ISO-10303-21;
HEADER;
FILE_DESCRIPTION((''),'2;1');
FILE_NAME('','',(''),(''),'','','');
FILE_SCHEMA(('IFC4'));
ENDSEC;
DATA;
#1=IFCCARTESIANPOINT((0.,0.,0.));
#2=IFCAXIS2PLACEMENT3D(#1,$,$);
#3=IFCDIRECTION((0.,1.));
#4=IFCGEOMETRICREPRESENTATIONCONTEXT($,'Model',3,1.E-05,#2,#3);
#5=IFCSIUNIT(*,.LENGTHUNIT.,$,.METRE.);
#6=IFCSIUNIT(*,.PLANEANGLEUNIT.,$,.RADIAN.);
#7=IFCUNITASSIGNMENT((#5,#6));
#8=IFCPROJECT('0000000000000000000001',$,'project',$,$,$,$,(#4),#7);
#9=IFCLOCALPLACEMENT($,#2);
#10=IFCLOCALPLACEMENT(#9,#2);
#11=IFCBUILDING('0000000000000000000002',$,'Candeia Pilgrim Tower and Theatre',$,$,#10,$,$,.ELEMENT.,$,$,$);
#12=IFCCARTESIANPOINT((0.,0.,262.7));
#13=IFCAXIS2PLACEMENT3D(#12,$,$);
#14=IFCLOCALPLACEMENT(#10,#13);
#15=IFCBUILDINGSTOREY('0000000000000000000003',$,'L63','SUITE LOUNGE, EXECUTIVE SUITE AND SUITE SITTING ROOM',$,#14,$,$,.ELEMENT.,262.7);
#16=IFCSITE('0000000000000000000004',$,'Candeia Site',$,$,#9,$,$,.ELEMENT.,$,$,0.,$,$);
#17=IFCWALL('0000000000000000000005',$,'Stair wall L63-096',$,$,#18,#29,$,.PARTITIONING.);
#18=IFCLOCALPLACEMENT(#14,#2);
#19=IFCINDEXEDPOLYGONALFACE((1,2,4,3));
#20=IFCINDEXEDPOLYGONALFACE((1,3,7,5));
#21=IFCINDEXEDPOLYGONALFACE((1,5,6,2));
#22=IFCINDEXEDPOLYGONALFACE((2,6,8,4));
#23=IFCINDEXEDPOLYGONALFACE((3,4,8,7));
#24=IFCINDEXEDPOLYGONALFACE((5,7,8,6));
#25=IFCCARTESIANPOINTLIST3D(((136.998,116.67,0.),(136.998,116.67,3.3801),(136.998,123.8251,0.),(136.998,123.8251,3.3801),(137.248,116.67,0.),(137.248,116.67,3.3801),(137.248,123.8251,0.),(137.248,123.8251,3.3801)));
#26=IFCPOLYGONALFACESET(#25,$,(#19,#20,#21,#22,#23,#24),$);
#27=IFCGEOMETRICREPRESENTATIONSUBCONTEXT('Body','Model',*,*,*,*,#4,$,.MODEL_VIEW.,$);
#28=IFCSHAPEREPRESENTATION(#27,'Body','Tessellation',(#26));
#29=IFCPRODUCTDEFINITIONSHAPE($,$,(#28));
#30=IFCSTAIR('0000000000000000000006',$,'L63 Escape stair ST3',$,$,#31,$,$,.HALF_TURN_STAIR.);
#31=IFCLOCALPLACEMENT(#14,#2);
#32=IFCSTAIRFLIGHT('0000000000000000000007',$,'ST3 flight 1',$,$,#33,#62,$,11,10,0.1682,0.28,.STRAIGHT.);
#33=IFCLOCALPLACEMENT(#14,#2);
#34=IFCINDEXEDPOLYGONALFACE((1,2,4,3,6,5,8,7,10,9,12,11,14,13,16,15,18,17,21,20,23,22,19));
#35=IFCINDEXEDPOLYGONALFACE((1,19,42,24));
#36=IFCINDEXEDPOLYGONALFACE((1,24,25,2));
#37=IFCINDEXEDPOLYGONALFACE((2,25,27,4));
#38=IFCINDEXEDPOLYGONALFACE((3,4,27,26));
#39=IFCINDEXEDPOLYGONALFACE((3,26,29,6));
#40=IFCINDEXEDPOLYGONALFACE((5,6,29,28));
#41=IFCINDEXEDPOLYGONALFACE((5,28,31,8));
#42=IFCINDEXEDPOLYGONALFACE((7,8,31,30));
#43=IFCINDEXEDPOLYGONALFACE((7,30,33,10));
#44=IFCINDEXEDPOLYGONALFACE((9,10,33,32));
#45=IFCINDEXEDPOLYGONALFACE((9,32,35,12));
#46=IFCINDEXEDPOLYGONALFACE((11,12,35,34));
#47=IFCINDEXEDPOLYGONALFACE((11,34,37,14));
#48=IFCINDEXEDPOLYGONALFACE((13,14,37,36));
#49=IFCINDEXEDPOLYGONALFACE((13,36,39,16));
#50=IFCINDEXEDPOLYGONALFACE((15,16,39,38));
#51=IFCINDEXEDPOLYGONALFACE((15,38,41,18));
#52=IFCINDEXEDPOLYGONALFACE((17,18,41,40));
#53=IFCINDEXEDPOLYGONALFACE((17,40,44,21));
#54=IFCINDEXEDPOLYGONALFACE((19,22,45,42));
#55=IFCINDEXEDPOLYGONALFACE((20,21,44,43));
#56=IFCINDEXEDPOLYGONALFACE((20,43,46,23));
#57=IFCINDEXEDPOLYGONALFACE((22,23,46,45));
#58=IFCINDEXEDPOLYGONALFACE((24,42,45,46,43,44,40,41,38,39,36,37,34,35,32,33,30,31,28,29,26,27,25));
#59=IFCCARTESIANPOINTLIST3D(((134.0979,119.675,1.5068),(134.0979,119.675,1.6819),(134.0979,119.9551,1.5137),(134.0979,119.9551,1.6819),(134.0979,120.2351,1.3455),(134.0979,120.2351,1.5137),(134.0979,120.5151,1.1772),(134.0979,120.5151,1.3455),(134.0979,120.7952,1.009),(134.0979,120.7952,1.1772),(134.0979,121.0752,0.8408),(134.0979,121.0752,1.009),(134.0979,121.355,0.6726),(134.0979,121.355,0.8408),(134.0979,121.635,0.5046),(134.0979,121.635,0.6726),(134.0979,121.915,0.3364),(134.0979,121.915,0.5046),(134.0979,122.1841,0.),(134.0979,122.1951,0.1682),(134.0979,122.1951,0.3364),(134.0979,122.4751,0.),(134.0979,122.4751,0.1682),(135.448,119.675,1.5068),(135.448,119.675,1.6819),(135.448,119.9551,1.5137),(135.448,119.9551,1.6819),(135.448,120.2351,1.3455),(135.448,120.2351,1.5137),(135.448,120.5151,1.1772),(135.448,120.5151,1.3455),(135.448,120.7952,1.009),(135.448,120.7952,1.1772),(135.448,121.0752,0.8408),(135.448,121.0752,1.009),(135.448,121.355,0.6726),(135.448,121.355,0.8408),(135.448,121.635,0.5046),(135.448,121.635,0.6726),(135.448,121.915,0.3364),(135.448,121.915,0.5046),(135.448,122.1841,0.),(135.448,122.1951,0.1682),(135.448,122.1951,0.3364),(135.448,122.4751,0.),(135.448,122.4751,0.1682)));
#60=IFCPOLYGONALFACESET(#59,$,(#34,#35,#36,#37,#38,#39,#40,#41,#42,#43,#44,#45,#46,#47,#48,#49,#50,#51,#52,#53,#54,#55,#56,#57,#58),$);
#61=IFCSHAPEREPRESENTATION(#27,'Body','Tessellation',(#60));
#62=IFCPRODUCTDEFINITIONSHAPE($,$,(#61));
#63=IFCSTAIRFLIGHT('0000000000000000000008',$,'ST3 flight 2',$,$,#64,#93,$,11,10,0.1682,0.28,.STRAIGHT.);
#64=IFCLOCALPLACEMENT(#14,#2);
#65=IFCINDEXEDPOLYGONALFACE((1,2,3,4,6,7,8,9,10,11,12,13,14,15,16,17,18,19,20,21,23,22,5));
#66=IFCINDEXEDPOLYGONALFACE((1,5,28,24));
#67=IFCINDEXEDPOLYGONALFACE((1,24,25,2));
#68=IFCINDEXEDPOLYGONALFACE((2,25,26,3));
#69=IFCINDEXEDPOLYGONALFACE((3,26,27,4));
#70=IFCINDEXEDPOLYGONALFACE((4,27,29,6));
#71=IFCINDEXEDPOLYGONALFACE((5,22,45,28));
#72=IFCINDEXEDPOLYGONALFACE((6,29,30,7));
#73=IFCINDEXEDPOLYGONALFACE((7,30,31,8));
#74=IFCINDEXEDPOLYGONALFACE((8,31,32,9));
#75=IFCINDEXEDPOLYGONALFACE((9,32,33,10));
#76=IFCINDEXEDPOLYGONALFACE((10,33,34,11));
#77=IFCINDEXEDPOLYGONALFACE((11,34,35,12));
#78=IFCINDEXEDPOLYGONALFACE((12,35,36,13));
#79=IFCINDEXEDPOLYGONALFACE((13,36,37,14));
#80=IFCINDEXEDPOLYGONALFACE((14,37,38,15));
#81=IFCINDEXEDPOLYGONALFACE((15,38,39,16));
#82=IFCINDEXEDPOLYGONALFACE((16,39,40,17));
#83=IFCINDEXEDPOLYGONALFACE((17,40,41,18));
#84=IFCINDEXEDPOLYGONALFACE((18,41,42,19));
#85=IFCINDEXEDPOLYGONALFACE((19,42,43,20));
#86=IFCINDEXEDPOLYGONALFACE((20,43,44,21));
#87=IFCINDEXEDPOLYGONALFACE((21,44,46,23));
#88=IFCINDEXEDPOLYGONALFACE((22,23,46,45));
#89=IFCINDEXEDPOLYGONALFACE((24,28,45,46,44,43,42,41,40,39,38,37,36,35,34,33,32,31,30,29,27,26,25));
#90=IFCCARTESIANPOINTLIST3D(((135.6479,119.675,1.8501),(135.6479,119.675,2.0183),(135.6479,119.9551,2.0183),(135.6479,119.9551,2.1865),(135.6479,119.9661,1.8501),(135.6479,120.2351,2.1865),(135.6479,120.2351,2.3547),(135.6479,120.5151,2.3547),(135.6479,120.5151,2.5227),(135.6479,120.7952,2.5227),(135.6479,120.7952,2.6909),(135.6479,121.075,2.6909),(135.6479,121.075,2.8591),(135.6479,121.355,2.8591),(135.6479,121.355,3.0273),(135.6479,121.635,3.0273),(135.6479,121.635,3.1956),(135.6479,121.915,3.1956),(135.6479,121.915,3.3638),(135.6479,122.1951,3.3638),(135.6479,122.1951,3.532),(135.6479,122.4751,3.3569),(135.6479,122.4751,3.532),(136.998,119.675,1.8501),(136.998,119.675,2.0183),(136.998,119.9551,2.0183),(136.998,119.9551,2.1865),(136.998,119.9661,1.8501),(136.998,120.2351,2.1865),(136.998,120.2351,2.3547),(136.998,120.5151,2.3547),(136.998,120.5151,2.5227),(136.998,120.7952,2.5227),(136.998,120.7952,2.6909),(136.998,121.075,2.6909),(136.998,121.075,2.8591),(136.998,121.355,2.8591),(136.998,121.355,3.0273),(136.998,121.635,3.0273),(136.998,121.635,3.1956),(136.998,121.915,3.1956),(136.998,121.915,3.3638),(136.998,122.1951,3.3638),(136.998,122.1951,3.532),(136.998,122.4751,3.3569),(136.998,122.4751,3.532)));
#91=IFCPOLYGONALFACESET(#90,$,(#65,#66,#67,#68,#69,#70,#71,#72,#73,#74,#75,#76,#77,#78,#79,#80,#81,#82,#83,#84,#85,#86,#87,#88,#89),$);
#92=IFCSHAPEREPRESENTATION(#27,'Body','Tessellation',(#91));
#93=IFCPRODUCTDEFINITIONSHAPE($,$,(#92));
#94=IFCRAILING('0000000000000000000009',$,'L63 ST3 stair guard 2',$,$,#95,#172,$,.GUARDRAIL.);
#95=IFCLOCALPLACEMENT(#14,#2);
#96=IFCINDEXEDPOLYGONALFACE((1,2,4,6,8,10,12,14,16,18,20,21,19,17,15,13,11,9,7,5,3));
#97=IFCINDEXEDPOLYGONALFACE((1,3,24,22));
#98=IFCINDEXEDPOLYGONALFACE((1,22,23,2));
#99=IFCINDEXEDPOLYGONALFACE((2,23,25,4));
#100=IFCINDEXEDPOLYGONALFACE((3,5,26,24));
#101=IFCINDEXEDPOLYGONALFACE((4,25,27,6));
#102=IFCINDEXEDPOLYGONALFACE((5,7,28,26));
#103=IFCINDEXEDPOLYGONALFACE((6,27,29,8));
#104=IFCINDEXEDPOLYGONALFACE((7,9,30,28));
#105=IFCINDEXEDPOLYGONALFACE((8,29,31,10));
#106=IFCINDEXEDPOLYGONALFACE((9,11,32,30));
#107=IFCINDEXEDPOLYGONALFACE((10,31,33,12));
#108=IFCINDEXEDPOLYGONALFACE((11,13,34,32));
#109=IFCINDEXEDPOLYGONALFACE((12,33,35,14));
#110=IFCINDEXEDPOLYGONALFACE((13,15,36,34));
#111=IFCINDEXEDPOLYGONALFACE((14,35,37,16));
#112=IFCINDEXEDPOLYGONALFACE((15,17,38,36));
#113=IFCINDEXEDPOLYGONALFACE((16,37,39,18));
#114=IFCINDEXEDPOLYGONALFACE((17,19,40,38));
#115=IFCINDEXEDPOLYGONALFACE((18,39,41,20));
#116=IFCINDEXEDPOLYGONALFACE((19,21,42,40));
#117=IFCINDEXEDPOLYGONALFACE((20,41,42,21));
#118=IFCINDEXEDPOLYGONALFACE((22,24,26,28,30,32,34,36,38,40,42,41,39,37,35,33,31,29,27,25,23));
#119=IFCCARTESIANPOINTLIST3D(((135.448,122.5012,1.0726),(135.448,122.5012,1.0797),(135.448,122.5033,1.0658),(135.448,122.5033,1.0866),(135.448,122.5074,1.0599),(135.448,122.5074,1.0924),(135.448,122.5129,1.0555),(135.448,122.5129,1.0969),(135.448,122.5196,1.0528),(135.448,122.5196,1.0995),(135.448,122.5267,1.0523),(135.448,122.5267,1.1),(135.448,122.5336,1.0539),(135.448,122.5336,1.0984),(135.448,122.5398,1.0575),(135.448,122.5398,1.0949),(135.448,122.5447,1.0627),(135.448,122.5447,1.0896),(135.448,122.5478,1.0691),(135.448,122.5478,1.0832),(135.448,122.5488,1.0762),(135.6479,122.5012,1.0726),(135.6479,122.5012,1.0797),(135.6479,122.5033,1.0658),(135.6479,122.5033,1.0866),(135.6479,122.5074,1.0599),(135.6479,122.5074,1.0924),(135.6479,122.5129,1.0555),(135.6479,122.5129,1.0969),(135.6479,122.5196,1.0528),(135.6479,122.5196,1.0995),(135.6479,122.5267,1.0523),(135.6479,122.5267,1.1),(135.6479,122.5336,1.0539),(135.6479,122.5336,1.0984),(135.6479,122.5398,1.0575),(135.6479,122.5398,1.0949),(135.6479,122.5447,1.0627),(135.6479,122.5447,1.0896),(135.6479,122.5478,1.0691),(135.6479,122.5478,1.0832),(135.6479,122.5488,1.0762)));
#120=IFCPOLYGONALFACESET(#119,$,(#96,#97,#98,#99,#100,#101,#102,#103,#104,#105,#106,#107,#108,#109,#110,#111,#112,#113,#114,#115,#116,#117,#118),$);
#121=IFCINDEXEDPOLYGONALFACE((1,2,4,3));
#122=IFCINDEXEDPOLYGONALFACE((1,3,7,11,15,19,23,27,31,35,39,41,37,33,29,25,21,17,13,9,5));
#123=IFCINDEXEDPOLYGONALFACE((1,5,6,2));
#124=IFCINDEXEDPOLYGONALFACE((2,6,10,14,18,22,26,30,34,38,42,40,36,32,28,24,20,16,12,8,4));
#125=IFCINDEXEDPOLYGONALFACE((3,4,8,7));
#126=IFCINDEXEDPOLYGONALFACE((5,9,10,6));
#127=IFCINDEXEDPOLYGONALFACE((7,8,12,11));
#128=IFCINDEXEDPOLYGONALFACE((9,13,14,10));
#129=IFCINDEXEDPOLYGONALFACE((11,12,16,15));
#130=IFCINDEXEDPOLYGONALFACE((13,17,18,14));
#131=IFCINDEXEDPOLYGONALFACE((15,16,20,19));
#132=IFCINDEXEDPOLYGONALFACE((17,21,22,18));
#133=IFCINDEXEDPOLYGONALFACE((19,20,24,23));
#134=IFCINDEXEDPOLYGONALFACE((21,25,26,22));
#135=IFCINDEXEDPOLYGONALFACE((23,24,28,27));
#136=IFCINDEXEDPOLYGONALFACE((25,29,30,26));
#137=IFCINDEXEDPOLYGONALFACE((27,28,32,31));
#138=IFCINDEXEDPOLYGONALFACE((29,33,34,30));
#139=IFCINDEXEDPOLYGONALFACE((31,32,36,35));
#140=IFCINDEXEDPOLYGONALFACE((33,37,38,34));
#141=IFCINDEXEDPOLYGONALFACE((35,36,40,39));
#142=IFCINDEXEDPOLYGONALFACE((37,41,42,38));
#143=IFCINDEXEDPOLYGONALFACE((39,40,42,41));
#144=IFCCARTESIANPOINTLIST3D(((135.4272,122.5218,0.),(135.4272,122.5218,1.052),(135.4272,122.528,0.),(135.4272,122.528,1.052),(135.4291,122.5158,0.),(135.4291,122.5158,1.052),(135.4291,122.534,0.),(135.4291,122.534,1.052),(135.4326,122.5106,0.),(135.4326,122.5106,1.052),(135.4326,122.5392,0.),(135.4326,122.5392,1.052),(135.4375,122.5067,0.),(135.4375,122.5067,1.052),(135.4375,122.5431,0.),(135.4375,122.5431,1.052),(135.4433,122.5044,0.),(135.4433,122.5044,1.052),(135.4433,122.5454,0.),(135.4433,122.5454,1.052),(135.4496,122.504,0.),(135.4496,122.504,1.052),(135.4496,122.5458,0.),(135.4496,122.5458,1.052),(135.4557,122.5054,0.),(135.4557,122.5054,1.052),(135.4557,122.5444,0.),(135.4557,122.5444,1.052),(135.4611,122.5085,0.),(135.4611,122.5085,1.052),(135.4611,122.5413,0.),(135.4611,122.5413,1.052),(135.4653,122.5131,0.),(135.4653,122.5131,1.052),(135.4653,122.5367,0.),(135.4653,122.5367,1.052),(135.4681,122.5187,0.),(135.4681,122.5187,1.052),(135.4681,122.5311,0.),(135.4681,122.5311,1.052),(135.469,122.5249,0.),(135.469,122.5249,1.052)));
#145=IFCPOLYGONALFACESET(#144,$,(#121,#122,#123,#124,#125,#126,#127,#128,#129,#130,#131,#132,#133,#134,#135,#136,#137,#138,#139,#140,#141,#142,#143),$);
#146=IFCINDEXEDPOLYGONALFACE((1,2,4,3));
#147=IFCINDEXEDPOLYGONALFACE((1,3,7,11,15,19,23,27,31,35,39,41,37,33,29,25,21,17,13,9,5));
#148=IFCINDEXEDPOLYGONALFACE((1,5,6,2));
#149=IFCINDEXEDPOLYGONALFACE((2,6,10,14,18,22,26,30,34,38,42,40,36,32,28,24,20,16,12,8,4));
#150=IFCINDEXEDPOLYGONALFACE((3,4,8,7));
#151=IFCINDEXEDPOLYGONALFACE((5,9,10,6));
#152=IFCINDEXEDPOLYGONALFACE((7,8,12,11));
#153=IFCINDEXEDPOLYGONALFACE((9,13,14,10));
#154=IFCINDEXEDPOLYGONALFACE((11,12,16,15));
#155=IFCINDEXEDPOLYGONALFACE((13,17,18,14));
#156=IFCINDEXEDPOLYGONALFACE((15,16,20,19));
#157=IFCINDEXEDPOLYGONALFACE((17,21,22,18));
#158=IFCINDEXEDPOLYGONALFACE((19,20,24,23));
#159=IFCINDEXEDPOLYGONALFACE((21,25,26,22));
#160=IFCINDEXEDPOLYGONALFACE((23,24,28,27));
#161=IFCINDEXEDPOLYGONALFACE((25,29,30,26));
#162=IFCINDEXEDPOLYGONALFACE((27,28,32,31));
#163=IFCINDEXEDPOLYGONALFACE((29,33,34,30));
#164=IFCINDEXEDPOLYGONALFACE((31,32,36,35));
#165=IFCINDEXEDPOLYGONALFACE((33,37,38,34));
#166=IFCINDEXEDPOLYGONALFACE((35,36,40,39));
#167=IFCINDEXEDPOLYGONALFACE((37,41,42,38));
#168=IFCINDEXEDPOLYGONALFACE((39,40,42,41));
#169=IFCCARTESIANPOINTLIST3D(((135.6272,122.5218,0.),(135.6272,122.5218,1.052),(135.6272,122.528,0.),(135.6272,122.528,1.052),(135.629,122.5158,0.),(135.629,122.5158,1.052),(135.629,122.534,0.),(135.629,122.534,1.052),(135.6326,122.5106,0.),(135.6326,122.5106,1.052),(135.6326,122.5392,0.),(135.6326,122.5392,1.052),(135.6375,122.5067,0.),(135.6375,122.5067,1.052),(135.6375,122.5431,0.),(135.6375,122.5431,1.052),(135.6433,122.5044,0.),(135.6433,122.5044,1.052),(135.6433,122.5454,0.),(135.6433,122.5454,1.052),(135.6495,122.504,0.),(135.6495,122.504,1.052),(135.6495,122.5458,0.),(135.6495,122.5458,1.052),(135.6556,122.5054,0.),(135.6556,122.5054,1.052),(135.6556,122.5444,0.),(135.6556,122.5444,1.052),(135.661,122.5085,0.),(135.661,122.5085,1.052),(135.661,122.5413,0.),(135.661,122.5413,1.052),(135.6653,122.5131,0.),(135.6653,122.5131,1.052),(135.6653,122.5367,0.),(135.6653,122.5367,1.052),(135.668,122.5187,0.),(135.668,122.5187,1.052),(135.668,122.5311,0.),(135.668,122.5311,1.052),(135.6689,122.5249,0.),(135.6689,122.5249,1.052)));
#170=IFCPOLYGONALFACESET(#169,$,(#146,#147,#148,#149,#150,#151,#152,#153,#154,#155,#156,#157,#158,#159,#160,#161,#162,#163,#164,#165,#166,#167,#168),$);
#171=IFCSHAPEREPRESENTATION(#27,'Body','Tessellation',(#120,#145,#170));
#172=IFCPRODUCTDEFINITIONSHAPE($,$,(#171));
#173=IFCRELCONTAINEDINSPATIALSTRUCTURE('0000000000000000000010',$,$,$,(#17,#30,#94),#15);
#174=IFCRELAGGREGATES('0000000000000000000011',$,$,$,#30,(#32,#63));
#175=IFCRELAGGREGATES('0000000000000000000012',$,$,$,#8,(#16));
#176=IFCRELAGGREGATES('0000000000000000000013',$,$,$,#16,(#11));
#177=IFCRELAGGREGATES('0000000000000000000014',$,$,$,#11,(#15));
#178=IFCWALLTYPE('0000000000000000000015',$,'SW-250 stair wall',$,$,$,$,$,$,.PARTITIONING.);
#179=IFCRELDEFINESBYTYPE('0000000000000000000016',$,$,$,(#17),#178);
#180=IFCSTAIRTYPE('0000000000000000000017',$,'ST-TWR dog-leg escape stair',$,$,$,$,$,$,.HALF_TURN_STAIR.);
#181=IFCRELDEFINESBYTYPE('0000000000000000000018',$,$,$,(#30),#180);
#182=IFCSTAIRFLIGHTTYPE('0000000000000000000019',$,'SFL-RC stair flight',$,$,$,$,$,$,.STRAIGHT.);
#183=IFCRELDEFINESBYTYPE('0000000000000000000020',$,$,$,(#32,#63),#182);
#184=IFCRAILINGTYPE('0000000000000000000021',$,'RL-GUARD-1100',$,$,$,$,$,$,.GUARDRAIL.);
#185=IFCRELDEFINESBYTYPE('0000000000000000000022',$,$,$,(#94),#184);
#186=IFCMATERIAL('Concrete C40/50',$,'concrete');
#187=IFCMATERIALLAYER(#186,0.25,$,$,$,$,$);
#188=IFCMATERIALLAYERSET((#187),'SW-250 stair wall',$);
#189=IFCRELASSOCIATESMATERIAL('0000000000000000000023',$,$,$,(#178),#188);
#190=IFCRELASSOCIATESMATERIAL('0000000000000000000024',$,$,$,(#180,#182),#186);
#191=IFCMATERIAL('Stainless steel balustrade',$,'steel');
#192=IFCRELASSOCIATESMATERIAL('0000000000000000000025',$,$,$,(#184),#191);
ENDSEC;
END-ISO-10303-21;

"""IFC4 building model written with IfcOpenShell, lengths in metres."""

from ifc_helpers import new_model, si_unit, direction, frame, frame_2d, origin, origin_2d, place, context, subcontext, project, spatial, polyline, rectangle, circle, outline, extrude, material, layer, layer_set, type_object, element, aggregate, save


model = new_model("IFC4")

# Units and contexts
model_context = context("Model", 3, precision=1e-05, world=origin(), true_north=direction((0.0, 1.0)))
body_context = subcontext(model_context, "Body", "Model", "MODEL_VIEW")
ifc_project = project(units=[si_unit("LENGTHUNIT", "METRE"), si_unit("PLANEANGLEUNIT", "RADIAN")], contexts=[model_context])

# Site, building, storey
site_placement = place(None, origin())
site = spatial("IfcSite", under=ifc_project, at=site_placement, Name="Candeia Site", CompositionType="ELEMENT", RefElevation=0.0)
building_placement = place(site_placement, origin())
building = spatial("IfcBuilding", under=site, at=building_placement, Name="Candeia Pilgrim Tower and Theatre", CompositionType="ELEMENT")
storey_placement = place(building_placement, frame((0.0, 0.0, 262.7)))
storey = spatial("IfcBuildingStorey", under=building, at=storey_placement, Name="L63", Description="SUITE LOUNGE, EXECUTIVE SUITE AND SUITE SITTING ROOM", CompositionType="ELEMENT", Elevation=262.7)

# Shared definitions
ifc_material_1 = material(Name="Concrete C40/50", Category="concrete")

# Shared definitions
ifc_layer_1 = layer(ifc_material_1, 0.25)
ifc_layer_set_1 = layer_set([ifc_layer_1], Name="SW-250 stair wall")
wall_type_1 = type_object("IfcWallType", Name="SW-250 stair wall", PredefinedType="PARTITIONING", material=ifc_layer_set_1)

# Wall
wall_1_placement = place(storey_placement, frame((137.123, 116.6699, 0.0), z_axis=(0.0, 0.0, 1.0), x_axis=(0.0, 1.0, 0.0)))
element("IfcWall", 1, at=wall_1_placement, inside=storey, type_object=wall_type_1, Name="Stair wall L63-096", PredefinedType="PARTITIONING", context=body_context, shape_type="SweptSolid", body=[
    extrude(rectangle(XDim=7.155, YDim=0.25, at=frame_2d((3.5776, 0.0))), origin(), (0.0, 0.0, 1.0), 3.3801),
])

# Stair, stair flights
stair_type = type_object("IfcStairType", Name="ST-TWR dog-leg escape stair", PredefinedType="HALF_TURN_STAIR", material=ifc_material_1)
stair_placement = place(storey_placement, origin())
stair = element("IfcStair", 2, at=stair_placement, inside=storey, type_object=stair_type, Name="L63 Escape stair ST3", PredefinedType="HALF_TURN_STAIR")
stair_flight_type = type_object("IfcStairFlightType", Name="SFL-RC stair flight", PredefinedType="STRAIGHT", material=ifc_material_1)
stair_flight_1_placement = place(storey_placement, frame((134.7729, 122.4751, 0.0), z_axis=(0.0, 0.0, 1.0), x_axis=(0.0, -1.0, 0.0)))
stair_flight_1 = element("IfcStairFlight", 3, at=stair_flight_1_placement, type_object=stair_flight_type, Name="ST3 flight 1", NumberOfRisers=11, NumberOfTreads=10, PredefinedType="STRAIGHT", RiserHeight=0.1682, TreadLength=0.28, context=body_context, shape_type="SweptSolid", body=[
    extrude(outline(polyline([(0.0, 0.0), (0.0, 0.1682), (0.28, 0.1682), (0.28, 0.3364), (0.5601, 0.3364), (0.5601, 0.5046), (0.8401, 0.5046), (0.8401, 0.6726), (1.1201, 0.6726), (1.1201, 0.8408), (1.3999, 0.8408), (1.3999, 1.009), (1.6799, 1.009), (1.6799, 1.1772), (1.96, 1.1772), (1.96, 1.3455), (2.24, 1.3455), (2.24, 1.5137), (2.52, 1.5137), (2.52, 1.6819), (2.8, 1.6819), (2.8, 1.8501), (2.8, 1.5068), (0.291, 0.0), (0.0, 0.0)])), frame((0.0, 0.675, 0.0), z_axis=(0.0, -1.0, 0.0), x_axis=(1.0, 0.0, 0.0)), (0.0, 0.0, 1.0), 1.3501),
])
stair_flight_2_placement = place(storey_placement, frame((136.323, 119.675, 1.8501), z_axis=(0.0, 0.0, 1.0), x_axis=(0.0, 1.0, 0.0)))
stair_flight_2 = element("IfcStairFlight", 4, at=stair_flight_2_placement, type_object=stair_flight_type, Name="ST3 flight 2", NumberOfRisers=11, NumberOfTreads=10, PredefinedType="STRAIGHT", RiserHeight=0.1682, TreadLength=0.28, context=body_context, shape_type="SweptSolid", body=[
    extrude(outline(polyline([(0.0, 0.0), (0.0, 0.1682), (0.28, 0.1682), (0.28, 0.3364), (0.5601, 0.3364), (0.5601, 0.5046), (0.8401, 0.5046), (0.8401, 0.6726), (1.1201, 0.6726), (1.1201, 0.8408), (1.3999, 0.8408), (1.3999, 1.009), (1.6799, 1.009), (1.6799, 1.1772), (1.96, 1.1772), (1.96, 1.3455), (2.24, 1.3455), (2.24, 1.5137), (2.52, 1.5137), (2.52, 1.6819), (2.8, 1.6819), (2.8, 1.8501), (2.8, 1.5068), (0.291, 0.0), (0.0, 0.0)])), frame((0.0, 0.675, 0.0), z_axis=(0.0, -1.0, 0.0), x_axis=(1.0, 0.0, 0.0)), (0.0, 0.0, 1.0), 1.3501),
])
aggregate(stair, [stair_flight_1, stair_flight_2])

# Railing
ifc_material_2 = material(Name="Stainless steel balustrade", Category="steel")
railing_type_1 = type_object("IfcRailingType", Name="RL-GUARD-1100", PredefinedType="GUARDRAIL", material=ifc_material_2)
railing_1_placement = place(storey_placement, frame((135.448, 122.5249, 0.0)))
element("IfcRailing", 5, at=railing_1_placement, inside=storey, type_object=railing_type_1, Name="L63 ST3 stair guard 2", PredefinedType="GUARDRAIL", context=body_context, shape_type="SweptSolid", body=[
    extrude(circle(Radius=0.0239, at=origin_2d()), frame((0.0, 0.0, 1.0762), z_axis=(1.0, 0.0, 0.0), x_axis=(0.0, 1.0, 0.0)), (0.0, 0.0, 1.0), 0.2),
    extrude(circle(Radius=0.021, at=origin_2d()), origin(), (0.0, 0.0, 1.0), 1.052),
    extrude(circle(Radius=0.021, at=origin_2d()), frame((0.2, 0.0, 0.0)), (0.0, 0.0, 1.0), 1.052),
])

save(model, "model.ifc")
